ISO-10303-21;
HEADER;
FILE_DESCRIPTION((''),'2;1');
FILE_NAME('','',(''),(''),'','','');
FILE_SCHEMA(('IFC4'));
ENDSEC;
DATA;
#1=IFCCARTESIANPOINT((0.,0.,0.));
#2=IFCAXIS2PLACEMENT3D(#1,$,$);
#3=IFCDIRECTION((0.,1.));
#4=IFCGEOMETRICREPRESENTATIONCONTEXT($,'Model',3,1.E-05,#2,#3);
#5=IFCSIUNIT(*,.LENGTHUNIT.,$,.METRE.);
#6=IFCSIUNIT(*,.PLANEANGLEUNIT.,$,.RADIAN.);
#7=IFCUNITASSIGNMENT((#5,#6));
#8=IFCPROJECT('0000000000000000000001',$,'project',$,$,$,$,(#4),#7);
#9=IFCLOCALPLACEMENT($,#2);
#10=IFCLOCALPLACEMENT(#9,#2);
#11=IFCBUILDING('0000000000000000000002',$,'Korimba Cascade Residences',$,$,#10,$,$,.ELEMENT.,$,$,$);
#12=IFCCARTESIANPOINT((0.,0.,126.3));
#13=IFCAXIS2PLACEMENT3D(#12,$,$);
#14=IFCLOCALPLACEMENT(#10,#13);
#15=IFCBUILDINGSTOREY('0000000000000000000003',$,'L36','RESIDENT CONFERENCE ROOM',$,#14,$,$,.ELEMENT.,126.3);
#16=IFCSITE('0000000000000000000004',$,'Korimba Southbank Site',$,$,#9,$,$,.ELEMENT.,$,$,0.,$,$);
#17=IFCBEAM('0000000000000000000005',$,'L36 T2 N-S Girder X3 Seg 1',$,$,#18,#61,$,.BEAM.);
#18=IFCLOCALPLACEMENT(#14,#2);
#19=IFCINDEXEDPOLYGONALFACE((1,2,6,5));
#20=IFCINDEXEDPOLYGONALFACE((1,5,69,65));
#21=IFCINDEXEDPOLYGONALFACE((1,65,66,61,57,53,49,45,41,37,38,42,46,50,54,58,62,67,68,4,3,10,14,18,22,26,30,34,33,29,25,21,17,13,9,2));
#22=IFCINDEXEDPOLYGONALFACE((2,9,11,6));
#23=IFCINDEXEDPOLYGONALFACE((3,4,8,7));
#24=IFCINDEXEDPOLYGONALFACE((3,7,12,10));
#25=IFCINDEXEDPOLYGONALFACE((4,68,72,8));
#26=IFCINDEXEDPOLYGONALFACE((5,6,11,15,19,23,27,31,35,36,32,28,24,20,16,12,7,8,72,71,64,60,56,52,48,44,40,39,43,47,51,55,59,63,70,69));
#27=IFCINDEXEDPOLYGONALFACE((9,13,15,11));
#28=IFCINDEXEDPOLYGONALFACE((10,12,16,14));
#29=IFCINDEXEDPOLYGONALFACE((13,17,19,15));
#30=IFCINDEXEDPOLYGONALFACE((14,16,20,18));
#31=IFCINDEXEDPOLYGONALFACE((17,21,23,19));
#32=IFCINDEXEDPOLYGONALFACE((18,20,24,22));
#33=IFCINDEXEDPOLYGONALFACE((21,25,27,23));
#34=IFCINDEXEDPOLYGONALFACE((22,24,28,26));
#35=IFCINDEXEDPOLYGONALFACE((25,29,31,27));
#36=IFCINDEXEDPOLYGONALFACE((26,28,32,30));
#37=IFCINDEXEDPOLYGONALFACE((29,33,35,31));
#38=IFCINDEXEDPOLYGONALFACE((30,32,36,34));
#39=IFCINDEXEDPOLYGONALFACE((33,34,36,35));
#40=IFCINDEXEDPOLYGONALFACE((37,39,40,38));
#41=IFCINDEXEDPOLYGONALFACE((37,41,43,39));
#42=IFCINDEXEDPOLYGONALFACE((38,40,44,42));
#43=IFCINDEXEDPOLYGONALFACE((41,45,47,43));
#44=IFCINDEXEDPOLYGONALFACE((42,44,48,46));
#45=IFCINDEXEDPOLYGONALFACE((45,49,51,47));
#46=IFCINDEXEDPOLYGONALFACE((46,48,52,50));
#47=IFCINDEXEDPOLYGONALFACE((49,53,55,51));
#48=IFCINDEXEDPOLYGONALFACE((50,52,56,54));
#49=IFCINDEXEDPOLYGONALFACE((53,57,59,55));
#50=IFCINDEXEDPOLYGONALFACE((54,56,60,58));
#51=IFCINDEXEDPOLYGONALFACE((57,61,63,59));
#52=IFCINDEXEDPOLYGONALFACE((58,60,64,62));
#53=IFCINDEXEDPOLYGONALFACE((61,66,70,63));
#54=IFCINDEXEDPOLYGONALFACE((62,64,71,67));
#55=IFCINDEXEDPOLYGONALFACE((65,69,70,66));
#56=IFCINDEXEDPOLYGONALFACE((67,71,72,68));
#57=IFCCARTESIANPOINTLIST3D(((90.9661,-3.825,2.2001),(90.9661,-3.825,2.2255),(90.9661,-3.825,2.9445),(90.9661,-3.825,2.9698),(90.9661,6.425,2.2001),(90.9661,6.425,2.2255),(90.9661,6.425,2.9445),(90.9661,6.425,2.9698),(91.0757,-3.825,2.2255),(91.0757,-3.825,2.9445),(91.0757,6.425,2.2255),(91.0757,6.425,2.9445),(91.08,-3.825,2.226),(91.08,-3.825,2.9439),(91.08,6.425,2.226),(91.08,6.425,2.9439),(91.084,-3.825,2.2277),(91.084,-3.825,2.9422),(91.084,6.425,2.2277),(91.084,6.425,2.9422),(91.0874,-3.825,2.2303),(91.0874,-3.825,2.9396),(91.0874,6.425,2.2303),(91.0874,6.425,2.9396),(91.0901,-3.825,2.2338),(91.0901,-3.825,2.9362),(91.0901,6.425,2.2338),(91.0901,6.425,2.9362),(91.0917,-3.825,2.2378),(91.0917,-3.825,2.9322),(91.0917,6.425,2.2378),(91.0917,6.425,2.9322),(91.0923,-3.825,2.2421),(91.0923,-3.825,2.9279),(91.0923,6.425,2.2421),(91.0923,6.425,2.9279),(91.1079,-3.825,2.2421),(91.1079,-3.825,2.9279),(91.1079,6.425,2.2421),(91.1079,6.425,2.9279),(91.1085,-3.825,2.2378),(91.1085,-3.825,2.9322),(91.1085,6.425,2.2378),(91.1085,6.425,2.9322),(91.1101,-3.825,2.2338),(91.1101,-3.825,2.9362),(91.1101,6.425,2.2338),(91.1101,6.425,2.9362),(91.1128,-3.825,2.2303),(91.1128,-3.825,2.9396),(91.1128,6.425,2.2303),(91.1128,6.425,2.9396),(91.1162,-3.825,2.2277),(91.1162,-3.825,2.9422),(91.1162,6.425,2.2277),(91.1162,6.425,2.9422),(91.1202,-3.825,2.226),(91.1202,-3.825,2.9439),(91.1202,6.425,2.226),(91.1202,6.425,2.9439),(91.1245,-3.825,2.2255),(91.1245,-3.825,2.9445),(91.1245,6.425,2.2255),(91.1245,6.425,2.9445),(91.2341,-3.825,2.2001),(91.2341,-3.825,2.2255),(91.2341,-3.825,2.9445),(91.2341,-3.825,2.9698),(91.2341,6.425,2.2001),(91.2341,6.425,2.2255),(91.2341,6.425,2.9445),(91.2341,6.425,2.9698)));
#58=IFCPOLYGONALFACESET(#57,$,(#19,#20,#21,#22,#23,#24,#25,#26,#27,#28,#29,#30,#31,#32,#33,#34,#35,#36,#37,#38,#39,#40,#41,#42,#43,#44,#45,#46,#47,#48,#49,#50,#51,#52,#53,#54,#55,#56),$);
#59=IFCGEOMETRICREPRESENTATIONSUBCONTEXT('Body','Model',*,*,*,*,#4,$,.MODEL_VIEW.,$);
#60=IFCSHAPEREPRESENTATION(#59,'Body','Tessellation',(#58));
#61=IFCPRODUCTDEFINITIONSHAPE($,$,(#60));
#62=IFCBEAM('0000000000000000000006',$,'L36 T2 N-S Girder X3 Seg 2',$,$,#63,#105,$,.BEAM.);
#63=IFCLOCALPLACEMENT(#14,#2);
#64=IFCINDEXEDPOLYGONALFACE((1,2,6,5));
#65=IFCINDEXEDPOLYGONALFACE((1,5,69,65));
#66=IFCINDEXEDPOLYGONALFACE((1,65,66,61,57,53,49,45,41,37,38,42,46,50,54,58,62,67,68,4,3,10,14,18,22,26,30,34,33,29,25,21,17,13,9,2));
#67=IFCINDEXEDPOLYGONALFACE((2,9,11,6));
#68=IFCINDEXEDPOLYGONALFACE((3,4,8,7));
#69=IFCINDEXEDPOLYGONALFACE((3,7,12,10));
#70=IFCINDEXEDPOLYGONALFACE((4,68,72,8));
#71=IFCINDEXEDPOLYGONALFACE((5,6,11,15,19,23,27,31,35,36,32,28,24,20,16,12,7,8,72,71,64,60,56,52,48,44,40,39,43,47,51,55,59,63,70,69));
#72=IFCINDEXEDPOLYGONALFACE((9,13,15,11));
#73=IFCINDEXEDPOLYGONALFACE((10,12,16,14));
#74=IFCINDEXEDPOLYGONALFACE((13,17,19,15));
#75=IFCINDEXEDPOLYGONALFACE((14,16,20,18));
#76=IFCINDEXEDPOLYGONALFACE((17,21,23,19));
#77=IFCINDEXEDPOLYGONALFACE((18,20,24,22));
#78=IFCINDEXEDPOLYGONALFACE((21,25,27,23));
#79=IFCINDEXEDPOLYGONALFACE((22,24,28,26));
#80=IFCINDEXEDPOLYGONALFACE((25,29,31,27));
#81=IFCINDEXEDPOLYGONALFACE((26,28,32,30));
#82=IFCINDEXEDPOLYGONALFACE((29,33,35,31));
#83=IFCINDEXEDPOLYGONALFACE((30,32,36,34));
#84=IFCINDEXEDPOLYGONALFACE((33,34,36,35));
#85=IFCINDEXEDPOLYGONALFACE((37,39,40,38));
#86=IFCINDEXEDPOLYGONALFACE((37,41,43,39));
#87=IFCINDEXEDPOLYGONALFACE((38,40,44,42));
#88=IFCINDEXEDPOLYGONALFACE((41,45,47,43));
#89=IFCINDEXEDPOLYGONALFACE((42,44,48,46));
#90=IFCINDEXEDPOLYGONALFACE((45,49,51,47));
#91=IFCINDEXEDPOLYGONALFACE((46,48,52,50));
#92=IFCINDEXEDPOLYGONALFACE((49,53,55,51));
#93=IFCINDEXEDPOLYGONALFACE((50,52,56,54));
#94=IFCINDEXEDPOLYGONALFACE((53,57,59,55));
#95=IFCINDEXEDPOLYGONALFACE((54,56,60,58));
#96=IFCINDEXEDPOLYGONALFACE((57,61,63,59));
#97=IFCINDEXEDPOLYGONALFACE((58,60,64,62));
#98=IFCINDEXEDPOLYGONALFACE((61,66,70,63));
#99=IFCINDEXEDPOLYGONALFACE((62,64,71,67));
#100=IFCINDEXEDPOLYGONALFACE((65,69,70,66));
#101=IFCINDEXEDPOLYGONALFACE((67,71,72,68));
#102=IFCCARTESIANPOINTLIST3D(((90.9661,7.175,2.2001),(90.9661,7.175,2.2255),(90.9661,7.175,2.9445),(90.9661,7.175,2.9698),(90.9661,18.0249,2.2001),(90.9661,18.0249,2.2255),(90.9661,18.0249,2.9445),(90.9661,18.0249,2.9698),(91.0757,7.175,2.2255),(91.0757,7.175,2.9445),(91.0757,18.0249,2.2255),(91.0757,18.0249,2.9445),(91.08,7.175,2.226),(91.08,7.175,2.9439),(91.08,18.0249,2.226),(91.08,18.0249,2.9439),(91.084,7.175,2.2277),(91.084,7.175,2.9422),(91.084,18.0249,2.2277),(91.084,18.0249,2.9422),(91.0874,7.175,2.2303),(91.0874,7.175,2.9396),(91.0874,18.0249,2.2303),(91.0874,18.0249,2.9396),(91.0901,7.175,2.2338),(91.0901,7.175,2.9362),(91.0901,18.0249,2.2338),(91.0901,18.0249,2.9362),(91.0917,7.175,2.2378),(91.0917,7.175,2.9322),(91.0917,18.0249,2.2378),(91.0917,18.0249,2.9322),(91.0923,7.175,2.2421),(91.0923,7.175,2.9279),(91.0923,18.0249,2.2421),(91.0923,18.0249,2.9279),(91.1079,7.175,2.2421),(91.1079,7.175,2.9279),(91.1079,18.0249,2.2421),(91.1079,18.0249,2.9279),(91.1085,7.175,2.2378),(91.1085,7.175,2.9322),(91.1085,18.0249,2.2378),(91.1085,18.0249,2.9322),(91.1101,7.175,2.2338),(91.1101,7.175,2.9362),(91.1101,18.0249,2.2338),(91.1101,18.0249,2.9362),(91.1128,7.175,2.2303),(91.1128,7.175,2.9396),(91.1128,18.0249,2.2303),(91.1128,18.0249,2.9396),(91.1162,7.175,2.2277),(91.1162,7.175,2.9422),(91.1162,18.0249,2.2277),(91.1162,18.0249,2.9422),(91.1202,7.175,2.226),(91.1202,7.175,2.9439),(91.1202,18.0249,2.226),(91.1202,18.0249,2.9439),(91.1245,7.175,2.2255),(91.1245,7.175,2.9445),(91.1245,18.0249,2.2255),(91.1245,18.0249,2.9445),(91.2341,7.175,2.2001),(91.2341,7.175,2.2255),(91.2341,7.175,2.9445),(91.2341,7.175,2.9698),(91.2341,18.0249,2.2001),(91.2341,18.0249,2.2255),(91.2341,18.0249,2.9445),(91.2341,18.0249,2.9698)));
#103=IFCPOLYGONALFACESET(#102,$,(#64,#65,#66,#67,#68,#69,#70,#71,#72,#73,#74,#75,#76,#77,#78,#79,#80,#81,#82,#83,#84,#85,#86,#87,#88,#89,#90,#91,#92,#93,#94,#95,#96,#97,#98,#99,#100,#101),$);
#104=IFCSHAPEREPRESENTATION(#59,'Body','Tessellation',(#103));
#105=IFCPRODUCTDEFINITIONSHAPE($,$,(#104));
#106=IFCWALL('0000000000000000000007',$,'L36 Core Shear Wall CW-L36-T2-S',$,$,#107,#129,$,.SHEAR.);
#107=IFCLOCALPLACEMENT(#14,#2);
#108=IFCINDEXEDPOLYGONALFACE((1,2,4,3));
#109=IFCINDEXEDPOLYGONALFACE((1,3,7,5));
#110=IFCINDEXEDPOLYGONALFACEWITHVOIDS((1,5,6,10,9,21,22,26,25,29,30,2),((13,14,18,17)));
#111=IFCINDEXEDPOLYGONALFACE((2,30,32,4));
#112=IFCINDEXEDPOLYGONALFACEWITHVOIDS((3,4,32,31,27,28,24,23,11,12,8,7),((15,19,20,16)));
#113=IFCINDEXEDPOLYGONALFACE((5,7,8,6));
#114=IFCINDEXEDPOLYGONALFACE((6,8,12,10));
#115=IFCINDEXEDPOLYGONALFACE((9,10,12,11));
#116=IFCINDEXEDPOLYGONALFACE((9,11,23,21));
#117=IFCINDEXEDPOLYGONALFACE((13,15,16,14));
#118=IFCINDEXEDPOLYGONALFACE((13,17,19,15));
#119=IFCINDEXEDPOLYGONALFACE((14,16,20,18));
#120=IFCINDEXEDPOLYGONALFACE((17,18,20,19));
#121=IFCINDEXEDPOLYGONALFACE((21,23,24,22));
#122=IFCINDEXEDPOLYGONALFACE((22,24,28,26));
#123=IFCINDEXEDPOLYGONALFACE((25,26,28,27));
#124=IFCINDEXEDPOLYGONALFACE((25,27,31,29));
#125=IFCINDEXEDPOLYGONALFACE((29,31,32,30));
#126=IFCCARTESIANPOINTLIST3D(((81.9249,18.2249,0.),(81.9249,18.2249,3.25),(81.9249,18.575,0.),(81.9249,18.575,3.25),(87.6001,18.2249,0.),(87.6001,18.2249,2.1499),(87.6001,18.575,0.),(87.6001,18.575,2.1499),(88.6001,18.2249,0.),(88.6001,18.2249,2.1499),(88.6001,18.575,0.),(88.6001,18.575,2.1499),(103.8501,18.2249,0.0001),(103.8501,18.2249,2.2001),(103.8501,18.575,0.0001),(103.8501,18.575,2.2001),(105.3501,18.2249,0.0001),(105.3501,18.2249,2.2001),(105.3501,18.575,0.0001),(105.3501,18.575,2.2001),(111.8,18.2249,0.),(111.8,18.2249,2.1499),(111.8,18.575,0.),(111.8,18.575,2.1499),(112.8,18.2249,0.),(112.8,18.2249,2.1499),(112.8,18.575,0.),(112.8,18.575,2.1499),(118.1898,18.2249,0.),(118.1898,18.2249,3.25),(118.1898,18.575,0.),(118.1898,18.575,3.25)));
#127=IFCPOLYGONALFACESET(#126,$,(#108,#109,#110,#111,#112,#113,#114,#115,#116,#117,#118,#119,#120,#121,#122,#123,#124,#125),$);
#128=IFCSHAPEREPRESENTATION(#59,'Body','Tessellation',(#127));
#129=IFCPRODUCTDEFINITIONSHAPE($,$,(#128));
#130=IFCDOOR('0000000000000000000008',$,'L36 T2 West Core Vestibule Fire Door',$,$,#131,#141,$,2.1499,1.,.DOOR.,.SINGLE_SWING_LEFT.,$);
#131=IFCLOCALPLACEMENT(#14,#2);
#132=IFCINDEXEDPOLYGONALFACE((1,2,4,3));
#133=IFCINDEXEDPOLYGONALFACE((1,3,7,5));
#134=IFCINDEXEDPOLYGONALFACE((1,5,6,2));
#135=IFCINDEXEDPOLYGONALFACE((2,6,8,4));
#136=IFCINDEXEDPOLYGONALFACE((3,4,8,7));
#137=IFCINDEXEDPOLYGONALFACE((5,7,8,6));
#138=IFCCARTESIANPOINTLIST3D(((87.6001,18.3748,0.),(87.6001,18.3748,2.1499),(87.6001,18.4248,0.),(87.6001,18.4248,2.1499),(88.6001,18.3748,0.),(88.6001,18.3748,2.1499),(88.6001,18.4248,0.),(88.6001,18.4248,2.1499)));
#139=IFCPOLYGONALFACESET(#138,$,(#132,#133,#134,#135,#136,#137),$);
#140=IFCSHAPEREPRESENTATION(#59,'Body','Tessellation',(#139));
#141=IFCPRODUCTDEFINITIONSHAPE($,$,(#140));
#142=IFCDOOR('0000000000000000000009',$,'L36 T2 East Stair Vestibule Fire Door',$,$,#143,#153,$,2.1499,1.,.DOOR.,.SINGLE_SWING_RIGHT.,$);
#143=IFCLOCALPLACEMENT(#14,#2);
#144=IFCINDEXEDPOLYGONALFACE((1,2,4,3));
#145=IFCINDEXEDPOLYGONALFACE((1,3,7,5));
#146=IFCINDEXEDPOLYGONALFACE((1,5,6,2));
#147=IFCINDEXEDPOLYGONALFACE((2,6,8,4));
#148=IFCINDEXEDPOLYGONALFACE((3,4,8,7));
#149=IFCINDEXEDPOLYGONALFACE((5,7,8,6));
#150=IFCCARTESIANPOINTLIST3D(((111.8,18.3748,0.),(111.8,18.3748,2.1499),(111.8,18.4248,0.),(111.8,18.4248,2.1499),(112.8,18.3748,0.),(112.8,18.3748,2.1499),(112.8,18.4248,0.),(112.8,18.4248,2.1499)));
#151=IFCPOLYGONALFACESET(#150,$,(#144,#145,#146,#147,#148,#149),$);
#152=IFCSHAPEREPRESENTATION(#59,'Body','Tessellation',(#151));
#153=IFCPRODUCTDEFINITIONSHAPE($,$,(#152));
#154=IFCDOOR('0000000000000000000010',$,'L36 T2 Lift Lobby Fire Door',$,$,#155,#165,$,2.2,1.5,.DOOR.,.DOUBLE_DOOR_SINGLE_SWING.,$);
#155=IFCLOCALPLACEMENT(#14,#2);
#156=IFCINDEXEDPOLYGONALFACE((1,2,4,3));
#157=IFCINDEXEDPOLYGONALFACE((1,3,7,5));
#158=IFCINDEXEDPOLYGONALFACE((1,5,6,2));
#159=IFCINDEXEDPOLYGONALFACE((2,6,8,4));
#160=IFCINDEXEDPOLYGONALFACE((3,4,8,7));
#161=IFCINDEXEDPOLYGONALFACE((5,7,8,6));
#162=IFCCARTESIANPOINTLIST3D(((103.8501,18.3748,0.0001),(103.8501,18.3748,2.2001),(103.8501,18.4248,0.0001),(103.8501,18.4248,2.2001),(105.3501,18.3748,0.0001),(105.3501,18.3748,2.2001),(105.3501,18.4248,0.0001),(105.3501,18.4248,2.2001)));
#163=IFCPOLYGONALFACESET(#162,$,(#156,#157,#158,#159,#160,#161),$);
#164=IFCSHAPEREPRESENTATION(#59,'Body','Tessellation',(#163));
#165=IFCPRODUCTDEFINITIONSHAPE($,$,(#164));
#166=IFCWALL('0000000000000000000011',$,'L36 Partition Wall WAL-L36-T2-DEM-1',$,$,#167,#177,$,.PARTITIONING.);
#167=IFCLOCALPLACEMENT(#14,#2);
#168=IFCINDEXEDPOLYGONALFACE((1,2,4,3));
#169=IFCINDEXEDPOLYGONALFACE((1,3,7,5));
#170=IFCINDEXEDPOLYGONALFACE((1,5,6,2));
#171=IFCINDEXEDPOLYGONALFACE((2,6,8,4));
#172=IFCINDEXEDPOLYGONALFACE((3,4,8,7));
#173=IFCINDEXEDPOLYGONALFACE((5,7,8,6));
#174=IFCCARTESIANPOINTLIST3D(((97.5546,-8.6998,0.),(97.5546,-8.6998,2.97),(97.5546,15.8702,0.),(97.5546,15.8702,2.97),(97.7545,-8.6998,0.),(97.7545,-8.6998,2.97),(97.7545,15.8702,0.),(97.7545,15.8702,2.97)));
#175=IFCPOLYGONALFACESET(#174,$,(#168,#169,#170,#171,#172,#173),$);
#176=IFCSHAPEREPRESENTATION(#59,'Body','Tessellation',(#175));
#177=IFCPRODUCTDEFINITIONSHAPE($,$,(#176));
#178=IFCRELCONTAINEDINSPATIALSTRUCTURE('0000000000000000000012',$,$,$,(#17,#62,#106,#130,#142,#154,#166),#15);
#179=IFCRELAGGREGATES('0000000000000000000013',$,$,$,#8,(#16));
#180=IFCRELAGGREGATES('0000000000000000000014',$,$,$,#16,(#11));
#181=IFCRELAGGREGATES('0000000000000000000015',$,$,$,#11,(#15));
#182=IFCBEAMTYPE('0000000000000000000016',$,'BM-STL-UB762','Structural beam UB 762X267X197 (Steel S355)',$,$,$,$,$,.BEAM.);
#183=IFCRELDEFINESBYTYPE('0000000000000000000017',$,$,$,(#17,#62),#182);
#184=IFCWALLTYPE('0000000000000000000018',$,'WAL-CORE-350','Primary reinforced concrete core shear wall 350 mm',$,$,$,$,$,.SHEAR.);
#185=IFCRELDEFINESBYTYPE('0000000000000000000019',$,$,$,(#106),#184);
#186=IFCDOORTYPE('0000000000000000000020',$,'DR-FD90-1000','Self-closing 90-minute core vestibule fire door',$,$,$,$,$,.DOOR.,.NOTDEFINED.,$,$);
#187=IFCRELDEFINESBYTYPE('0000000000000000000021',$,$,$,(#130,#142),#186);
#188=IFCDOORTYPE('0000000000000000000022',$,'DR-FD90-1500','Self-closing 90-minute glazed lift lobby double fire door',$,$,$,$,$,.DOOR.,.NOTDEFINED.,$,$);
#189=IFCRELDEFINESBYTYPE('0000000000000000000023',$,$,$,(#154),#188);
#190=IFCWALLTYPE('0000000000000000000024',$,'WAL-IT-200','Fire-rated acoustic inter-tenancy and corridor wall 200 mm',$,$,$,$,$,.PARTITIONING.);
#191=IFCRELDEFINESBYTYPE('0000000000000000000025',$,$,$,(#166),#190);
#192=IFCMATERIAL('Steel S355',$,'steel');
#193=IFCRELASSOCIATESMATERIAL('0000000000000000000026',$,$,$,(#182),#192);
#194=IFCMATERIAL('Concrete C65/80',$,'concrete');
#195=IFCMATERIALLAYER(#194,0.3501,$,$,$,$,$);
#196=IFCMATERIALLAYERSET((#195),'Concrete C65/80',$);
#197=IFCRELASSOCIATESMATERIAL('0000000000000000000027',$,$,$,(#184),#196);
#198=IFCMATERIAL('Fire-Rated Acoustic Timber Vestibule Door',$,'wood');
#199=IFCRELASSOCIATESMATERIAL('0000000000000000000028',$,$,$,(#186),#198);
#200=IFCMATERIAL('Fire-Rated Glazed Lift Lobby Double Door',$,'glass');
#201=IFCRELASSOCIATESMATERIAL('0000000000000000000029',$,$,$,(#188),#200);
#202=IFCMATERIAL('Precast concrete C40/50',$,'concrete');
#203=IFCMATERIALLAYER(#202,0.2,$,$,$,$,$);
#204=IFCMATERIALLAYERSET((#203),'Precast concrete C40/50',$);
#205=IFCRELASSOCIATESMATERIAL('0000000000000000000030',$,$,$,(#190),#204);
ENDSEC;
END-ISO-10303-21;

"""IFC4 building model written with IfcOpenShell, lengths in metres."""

from ifc_helpers import new_model, si_unit, direction, frame, frame_2d, origin, origin_2d, place, context, subcontext, project, spatial, rectangle, i_section, extrude, material, layer, layer_set, material_profile, profile_set, type_object, element, fill, save


model = new_model("IFC4")

# Units and contexts
model_context = context("Model", 3, precision=1e-05, world=origin(), true_north=direction((0.0, 1.0)))
body_context = subcontext(model_context, "Body", "Model", "MODEL_VIEW")
ifc_project = project(units=[si_unit("LENGTHUNIT", "METRE"), si_unit("PLANEANGLEUNIT", "RADIAN")], contexts=[model_context])

# Site, building, storey
site_placement = place(None, origin())
site = spatial("IfcSite", under=ifc_project, at=site_placement, Name="Korimba Southbank Site", CompositionType="ELEMENT", RefElevation=0.0)
building_placement = place(site_placement, origin())
building = spatial("IfcBuilding", under=site, at=building_placement, Name="Korimba Cascade Residences", CompositionType="ELEMENT")
storey_placement = place(building_placement, frame((0.0, 0.0, 126.3)))
storey = spatial("IfcBuildingStorey", under=building, at=storey_placement, Name="L36", Description="RESIDENT CONFERENCE ROOM", CompositionType="ELEMENT", Elevation=126.3)

# Shared definitions
ifc_material_1 = material(Name="Concrete C65/80", Category="concrete")

# Beams
ifc_material_2 = material(Name="Steel S355", Category="steel")
ifc_material_profile_1 = material_profile(ifc_material_2, i_section(OverallWidth=0.2681, OverallDepth=0.7698, WebThickness=0.0156, FlangeThickness=0.0254, FilletRadius=0.0166, at=origin_2d()), Name="Steel S355")
ifc_profile_set_1 = profile_set([ifc_material_profile_1], Name="Steel S355")
beam_type_1 = type_object("IfcBeamType", Name="BM-STL-UB762", Description="Structural beam UB 762X267X197 (Steel S355)", PredefinedType="BEAM", material=ifc_profile_set_1)
beam_1_placement = place(storey_placement, frame((91.1001, -3.825, 2.585), z_axis=(0.0, 1.0, 0.0), x_axis=(-1.0, 0.0, 0.0)))
element("IfcBeam", 1, at=beam_1_placement, inside=storey, type_object=beam_type_1, Name="L36 T2 N-S Girder X3 Seg 1", PredefinedType="BEAM", context=body_context, shape_type="SweptSolid", body=[
    extrude(i_section(OverallWidth=0.2681, OverallDepth=0.7698, WebThickness=0.0156, FlangeThickness=0.0254, FilletRadius=0.0166, at=origin_2d()), origin(), (0.0, 0.0, 1.0), 10.25),
])
beam_2_placement = place(storey_placement, frame((91.1001, 7.175, 2.585), z_axis=(0.0, 1.0, 0.0), x_axis=(-1.0, 0.0, 0.0)))
element("IfcBeam", 2, at=beam_2_placement, inside=storey, type_object=beam_type_1, Name="L36 T2 N-S Girder X3 Seg 2", PredefinedType="BEAM", context=body_context, shape_type="SweptSolid", body=[
    extrude(i_section(OverallWidth=0.2681, OverallDepth=0.7698, WebThickness=0.0156, FlangeThickness=0.0254, FilletRadius=0.0166, at=origin_2d()), origin(), (0.0, 0.0, 1.0), 10.8499),
])

# Wall, openings, doors
ifc_layer_1 = layer(ifc_material_1, 0.3501)
ifc_layer_set_1 = layer_set([ifc_layer_1], Name="Concrete C65/80")
wall_type_1 = type_object("IfcWallType", Name="WAL-CORE-350", Description="Primary reinforced concrete core shear wall 350 mm", PredefinedType="SHEAR", material=ifc_layer_set_1)
wall_1_placement = place(storey_placement, frame((81.925, 18.3999, 0.0), z_axis=(0.0, 0.0, 1.0), x_axis=(1.0, 0.0, 0.0)))
wall_1 = element("IfcWall", 3, at=wall_1_placement, inside=storey, type_object=wall_type_1, Name="L36 Core Shear Wall CW-L36-T2-S", PredefinedType="SHEAR", context=body_context, shape_type="SweptSolid", body=[
    extrude(rectangle(XDim=36.2649, YDim=0.3501, at=frame_2d((18.1323, 0.0))), origin(), (0.0, 0.0, 1.0), 3.25),
])
opening_1_placement = place(wall_1_placement, frame((5.675, 0.0, 0.0)))
opening_1 = element("IfcOpeningElement", 4, at=opening_1_placement, cuts=wall_1, PredefinedType="OPENING", context=body_context, shape_type="SweptSolid", body=[
    extrude(rectangle(XDim=1.0, YDim=2.1499, at=frame_2d((0.5, 1.075))), frame((0.0, 0.1851, 0.0), z_axis=(0.0, -1.0, 0.0), x_axis=(1.0, 0.0, 0.0)), (0.0, 0.0, 1.0), 0.3701),
])
opening_2_placement = place(wall_1_placement, frame((21.925, 0.0, 0.0)))
opening_2 = element("IfcOpeningElement", 5, at=opening_2_placement, cuts=wall_1, PredefinedType="OPENING", context=body_context, shape_type="SweptSolid", body=[
    extrude(rectangle(XDim=1.5, YDim=2.2, at=frame_2d((0.75, 1.1001))), frame((0.0, 0.1851, 0.0), z_axis=(0.0, -1.0, 0.0), x_axis=(1.0, 0.0, 0.0)), (0.0, 0.0, 1.0), 0.3701),
])
opening_3_placement = place(wall_1_placement, frame((29.875, 0.0, 0.0)))
opening_3 = element("IfcOpeningElement", 6, at=opening_3_placement, cuts=wall_1, PredefinedType="OPENING", context=body_context, shape_type="SweptSolid", body=[
    extrude(rectangle(XDim=1.0, YDim=2.1499, at=frame_2d((0.5, 1.075))), frame((0.0, 0.1851, 0.0), z_axis=(0.0, -1.0, 0.0), x_axis=(1.0, 0.0, 0.0)), (0.0, 0.0, 1.0), 0.3701),
])
ifc_material_3 = material(Name="Fire-Rated Acoustic Timber Vestibule Door", Category="wood")
door_type_1 = type_object("IfcDoorType", Name="DR-FD90-1000", Description="Self-closing 90-minute core vestibule fire door", OperationType="NOTDEFINED", PredefinedType="DOOR", material=ifc_material_3)
door_1_placement = place(opening_1_placement, origin())
door_1 = element("IfcDoor", 7, at=door_1_placement, inside=storey, type_object=door_type_1, Name="L36 T2 West Core Vestibule Fire Door", OperationType="SINGLE_SWING_LEFT", OverallHeight=2.1499, OverallWidth=1.0, PredefinedType="DOOR", context=body_context, shape_type="SweptSolid", body=[
    extrude(rectangle(XDim=1.0, YDim=2.1499, at=frame_2d((0.5, 1.075))), frame((0.0, 0.0249, 0.0), z_axis=(0.0, -1.0, 0.0), x_axis=(1.0, 0.0, 0.0)), (0.0, 0.0, 1.0), 0.05),
])
fill(opening_1, door_1)
door_2_placement = place(opening_3_placement, origin())
door_2 = element("IfcDoor", 8, at=door_2_placement, inside=storey, type_object=door_type_1, Name="L36 T2 East Stair Vestibule Fire Door", OperationType="SINGLE_SWING_RIGHT", OverallHeight=2.1499, OverallWidth=1.0, PredefinedType="DOOR", context=body_context, shape_type="SweptSolid", body=[
    extrude(rectangle(XDim=1.0, YDim=2.1499, at=frame_2d((0.5, 1.075))), frame((0.0, 0.0249, 0.0), z_axis=(0.0, -1.0, 0.0), x_axis=(1.0, 0.0, 0.0)), (0.0, 0.0, 1.0), 0.05),
])
fill(opening_3, door_2)
ifc_material_4 = material(Name="Fire-Rated Glazed Lift Lobby Double Door", Category="glass")
door_type_2 = type_object("IfcDoorType", Name="DR-FD90-1500", Description="Self-closing 90-minute glazed lift lobby double fire door", OperationType="NOTDEFINED", PredefinedType="DOOR", material=ifc_material_4)
door_3_placement = place(opening_2_placement, origin())
door_3 = element("IfcDoor", 9, at=door_3_placement, inside=storey, type_object=door_type_2, Name="L36 T2 Lift Lobby Fire Door", OperationType="DOUBLE_DOOR_SINGLE_SWING", OverallHeight=2.2, OverallWidth=1.5, PredefinedType="DOOR", context=body_context, shape_type="SweptSolid", body=[
    extrude(rectangle(XDim=1.5, YDim=2.2, at=frame_2d((0.75, 1.1001))), frame((0.0, 0.0249, 0.0), z_axis=(0.0, -1.0, 0.0), x_axis=(1.0, 0.0, 0.0)), (0.0, 0.0, 1.0), 0.05),
])
fill(opening_2, door_3)

# Wall
ifc_material_5 = material(Name="Precast concrete C40/50", Category="concrete")
ifc_layer_2 = layer(ifc_material_5, 0.2)
ifc_layer_set_2 = layer_set([ifc_layer_2], Name="Precast concrete C40/50")
wall_type_2 = type_object("IfcWallType", Name="WAL-IT-200", Description="Fire-rated acoustic inter-tenancy and corridor wall 200 mm", PredefinedType="PARTITIONING", material=ifc_layer_set_2)
wall_2_placement = place(storey_placement, frame((97.6545, -8.7, 0.0), z_axis=(0.0, 0.0, 1.0), x_axis=(0.0, 1.0, 0.0)))
element("IfcWall", 10, at=wall_2_placement, inside=storey, type_object=wall_type_2, Name="L36 Partition Wall WAL-L36-T2-DEM-1", PredefinedType="PARTITIONING", context=body_context, shape_type="SweptSolid", body=[
    extrude(rectangle(XDim=24.5701, YDim=0.2, at=frame_2d((12.2852, 0.0))), origin(), (0.0, 0.0, 1.0), 2.97),
])

save(model, "model.ifc")
